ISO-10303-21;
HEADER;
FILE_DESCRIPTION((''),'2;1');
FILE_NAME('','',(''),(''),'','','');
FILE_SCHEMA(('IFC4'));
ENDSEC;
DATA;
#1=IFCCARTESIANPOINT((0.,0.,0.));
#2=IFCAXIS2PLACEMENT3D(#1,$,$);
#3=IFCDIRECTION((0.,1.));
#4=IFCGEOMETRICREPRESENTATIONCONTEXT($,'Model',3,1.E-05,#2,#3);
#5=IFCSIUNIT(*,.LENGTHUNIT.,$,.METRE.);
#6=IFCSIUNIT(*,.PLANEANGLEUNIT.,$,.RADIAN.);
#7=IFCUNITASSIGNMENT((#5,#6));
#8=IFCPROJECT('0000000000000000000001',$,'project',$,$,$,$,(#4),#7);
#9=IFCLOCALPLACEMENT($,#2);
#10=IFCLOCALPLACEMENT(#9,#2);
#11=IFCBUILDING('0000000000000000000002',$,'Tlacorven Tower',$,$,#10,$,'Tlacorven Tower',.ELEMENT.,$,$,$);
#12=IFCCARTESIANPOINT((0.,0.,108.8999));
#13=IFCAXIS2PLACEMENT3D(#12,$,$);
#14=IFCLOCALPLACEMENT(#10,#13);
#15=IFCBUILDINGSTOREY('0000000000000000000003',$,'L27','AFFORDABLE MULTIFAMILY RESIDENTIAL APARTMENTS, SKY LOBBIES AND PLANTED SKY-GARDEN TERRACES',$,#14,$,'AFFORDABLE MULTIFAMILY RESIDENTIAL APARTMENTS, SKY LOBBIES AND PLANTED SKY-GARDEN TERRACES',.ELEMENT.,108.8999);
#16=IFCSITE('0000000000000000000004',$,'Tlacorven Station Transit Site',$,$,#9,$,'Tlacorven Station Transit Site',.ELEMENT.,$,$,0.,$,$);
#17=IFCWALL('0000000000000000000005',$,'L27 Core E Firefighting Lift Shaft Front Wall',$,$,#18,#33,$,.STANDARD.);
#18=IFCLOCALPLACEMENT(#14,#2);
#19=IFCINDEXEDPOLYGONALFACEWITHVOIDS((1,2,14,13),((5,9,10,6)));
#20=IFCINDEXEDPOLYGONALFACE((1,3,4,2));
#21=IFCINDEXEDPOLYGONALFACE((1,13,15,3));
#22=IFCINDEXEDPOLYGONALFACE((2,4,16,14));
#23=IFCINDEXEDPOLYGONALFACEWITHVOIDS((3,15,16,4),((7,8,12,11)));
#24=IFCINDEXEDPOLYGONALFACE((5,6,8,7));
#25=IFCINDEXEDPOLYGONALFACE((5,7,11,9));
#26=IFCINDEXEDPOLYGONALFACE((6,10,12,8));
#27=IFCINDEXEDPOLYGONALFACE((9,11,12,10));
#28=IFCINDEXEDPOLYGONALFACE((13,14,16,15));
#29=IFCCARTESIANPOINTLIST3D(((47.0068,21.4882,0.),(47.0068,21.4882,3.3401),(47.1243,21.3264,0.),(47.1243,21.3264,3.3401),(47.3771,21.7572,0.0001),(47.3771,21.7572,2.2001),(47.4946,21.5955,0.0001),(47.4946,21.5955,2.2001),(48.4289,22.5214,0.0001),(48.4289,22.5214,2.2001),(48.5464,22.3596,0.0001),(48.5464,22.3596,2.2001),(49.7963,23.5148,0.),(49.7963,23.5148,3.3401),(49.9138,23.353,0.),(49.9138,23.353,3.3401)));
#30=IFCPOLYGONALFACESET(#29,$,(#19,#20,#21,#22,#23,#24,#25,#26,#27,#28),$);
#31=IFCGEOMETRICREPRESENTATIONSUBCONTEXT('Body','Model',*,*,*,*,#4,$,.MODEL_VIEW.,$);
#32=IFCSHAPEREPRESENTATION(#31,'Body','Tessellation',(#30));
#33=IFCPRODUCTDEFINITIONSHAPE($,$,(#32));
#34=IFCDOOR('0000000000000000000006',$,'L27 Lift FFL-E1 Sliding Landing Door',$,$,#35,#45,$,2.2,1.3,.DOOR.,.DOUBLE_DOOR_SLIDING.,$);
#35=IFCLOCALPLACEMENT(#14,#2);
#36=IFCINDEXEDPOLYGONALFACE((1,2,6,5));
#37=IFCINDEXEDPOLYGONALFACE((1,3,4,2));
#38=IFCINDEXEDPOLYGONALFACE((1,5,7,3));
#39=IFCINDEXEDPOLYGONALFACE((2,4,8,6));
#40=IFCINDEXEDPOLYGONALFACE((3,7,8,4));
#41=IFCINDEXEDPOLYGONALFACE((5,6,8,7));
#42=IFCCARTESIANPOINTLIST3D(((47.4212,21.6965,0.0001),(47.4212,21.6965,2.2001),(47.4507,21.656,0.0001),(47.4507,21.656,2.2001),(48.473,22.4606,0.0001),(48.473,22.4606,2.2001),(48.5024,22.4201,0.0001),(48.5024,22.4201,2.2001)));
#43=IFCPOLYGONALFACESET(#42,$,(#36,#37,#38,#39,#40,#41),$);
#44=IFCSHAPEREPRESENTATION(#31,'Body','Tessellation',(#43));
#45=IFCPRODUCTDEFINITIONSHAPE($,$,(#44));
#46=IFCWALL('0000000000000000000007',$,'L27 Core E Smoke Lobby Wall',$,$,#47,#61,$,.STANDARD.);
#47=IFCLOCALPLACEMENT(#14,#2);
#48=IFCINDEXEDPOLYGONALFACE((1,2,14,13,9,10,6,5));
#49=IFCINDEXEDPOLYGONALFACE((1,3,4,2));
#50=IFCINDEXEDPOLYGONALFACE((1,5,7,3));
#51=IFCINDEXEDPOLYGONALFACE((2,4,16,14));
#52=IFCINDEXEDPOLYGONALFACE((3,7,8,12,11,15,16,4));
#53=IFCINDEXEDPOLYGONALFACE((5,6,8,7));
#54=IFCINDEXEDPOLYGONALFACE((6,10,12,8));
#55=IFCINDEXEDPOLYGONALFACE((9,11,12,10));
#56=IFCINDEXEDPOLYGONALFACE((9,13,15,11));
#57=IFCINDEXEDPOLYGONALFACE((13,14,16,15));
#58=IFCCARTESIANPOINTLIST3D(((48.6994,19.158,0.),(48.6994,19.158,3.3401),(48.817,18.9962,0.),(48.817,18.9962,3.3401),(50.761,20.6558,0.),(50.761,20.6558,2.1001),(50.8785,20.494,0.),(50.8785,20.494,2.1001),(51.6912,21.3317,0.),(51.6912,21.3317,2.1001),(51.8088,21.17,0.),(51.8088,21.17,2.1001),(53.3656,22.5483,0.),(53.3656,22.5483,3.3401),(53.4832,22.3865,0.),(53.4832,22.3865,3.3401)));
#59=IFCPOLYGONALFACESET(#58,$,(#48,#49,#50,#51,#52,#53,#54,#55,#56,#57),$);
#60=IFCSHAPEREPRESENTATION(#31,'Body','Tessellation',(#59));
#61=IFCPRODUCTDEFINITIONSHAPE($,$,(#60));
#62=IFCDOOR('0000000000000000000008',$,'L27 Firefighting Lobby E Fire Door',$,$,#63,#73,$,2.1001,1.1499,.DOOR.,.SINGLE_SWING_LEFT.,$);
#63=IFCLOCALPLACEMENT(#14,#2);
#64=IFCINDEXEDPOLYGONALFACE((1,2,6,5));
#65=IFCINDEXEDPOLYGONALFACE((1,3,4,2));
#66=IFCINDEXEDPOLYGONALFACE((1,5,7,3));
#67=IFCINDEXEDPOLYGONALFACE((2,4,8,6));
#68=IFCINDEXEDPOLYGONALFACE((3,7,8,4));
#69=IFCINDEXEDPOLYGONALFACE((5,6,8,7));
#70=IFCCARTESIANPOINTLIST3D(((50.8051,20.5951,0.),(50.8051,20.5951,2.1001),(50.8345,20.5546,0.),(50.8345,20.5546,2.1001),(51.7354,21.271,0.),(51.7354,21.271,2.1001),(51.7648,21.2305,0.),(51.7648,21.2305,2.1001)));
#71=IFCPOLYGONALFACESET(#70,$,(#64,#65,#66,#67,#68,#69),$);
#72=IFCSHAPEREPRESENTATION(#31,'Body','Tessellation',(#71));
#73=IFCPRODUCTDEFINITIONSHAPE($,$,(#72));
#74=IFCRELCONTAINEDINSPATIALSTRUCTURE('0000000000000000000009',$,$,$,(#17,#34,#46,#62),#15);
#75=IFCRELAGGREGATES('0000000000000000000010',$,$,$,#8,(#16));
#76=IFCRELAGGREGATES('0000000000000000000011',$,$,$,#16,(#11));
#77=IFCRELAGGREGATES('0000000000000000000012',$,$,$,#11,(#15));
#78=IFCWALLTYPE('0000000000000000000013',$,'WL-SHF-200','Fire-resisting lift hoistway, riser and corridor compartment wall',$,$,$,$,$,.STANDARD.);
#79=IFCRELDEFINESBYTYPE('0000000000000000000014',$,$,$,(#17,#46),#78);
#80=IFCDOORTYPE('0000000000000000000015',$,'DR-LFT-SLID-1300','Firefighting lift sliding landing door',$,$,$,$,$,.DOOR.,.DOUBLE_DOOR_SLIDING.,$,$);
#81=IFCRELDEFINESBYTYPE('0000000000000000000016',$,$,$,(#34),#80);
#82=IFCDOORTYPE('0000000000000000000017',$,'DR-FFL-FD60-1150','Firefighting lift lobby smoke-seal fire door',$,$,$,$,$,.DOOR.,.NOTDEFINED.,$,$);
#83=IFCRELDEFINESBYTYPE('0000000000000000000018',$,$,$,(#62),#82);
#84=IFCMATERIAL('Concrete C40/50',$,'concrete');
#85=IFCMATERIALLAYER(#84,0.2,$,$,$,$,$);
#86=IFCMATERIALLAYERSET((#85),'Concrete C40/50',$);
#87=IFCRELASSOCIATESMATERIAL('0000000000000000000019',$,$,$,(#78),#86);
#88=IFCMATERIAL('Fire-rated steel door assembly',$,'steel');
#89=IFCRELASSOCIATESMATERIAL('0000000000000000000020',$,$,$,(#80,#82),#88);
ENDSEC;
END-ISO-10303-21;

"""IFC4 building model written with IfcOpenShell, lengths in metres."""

from ifc_helpers import new_model, si_unit, direction, frame, frame_2d, origin, place, context, subcontext, project, spatial, rectangle, extrude, source, transform, mapped, material, layer, layer_set, type_object, element, fill, save


model = new_model("IFC4")

# Units and contexts
model_context = context("Model", 3, precision=1e-05, world=origin(), true_north=direction((0.0, 1.0)))
body_context = subcontext(model_context, "Body", "Model", "MODEL_VIEW")
ifc_project = project(units=[si_unit("LENGTHUNIT", "METRE"), si_unit("PLANEANGLEUNIT", "RADIAN")], contexts=[model_context])

# Site, building, storey
site_placement = place(None, origin())
site = spatial("IfcSite", under=ifc_project, at=site_placement, Name="Tlacorven Station Transit Site", LongName="Tlacorven Station Transit Site", CompositionType="ELEMENT", RefElevation=0.0)
building_placement = place(site_placement, origin())
building = spatial("IfcBuilding", under=site, at=building_placement, Name="Tlacorven Tower", LongName="Tlacorven Tower", CompositionType="ELEMENT")
storey_placement = place(building_placement, frame((0.0, 0.0, 108.8999)))
storey = spatial("IfcBuildingStorey", under=building, at=storey_placement, Name="L27", Description="AFFORDABLE MULTIFAMILY RESIDENTIAL APARTMENTS, SKY LOBBIES AND PLANTED SKY-GARDEN TERRACES", LongName="AFFORDABLE MULTIFAMILY RESIDENTIAL APARTMENTS, SKY LOBBIES AND PLANTED SKY-GARDEN TERRACES", CompositionType="ELEMENT", Elevation=108.8999)

# Walls, openings, doors
ifc_material_1 = material(Name="Concrete C40/50", Category="concrete")
ifc_layer_1 = layer(ifc_material_1, 0.2)
ifc_layer_set_1 = layer_set([ifc_layer_1], Name="Concrete C40/50")
wall_type_1 = type_object("IfcWallType", Name="WL-SHF-200", Description="Fire-resisting lift hoistway, riser and corridor compartment wall", PredefinedType="STANDARD", material=ifc_layer_set_1)
wall_1_placement = place(storey_placement, frame((47.0654, 21.4072, 0.0), z_axis=(0.0, 0.0, 1.0), x_axis=(0.809033, 0.587763, 0.0)))
wall_1 = element("IfcWall", 1, at=wall_1_placement, inside=storey, type_object=wall_type_1, Name="L27 Core E Firefighting Lift Shaft Front Wall", PredefinedType="STANDARD", context=body_context, shape_type="SweptSolid", body=[
    extrude(rectangle(XDim=3.448, YDim=0.2, at=frame_2d((1.7241, 0.0))), origin(), (0.0, 0.0, 1.0), 3.3401),
])
opening_1_placement = place(wall_1_placement, frame((0.458, 0.0, 0.0)))
opening_1 = element("IfcOpeningElement", 2, at=opening_1_placement, cuts=wall_1, PredefinedType="OPENING", context=body_context, shape_type="SweptSolid", body=[
    extrude(rectangle(XDim=1.3, YDim=2.2, at=frame_2d((0.6499, 1.1001))), frame((0.0, 0.1099, 0.0), z_axis=(0.0, -1.0, 0.0), x_axis=(1.0, 0.0, 0.0)), (0.0, 0.0, 1.0), 0.22),
])
ifc_material_2 = material(Name="Fire-rated steel door assembly", Category="steel")
door_type_1 = type_object("IfcDoorType", Name="DR-LFT-SLID-1300", Description="Firefighting lift sliding landing door", OperationType="DOUBLE_DOOR_SLIDING", PredefinedType="DOOR", material=ifc_material_2)
shared_shape_1 = source(origin(), body_context, "Body", "SweptSolid", [
    extrude(rectangle(XDim=1.3, YDim=2.2, at=frame_2d((0.6499, 1.1001))), frame((0.0, 0.0249, 0.0), z_axis=(0.0, -1.0, 0.0), x_axis=(1.0, 0.0, 0.0)), (0.0, 0.0, 1.0), 0.05),
])
door_1_placement = place(opening_1_placement, origin())
door_1 = element("IfcDoor", 3, at=door_1_placement, inside=storey, type_object=door_type_1, Name="L27 Lift FFL-E1 Sliding Landing Door", OperationType="DOUBLE_DOOR_SLIDING", OverallHeight=2.2, OverallWidth=1.3, PredefinedType="DOOR", context=body_context, shape_type="MappedRepresentation", body=[
    mapped(shared_shape_1, transform((0.0, 0.0, 0.0), scale=1.0)),
])
fill(opening_1, door_1)
wall_2_placement = place(storey_placement, frame((48.7583, 19.0771, 0.0), z_axis=(0.0, 0.0, 1.0), x_axis=(0.809005, 0.587802, 0.0)))
wall_2 = element("IfcWall", 4, at=wall_2_placement, inside=storey, type_object=wall_type_1, Name="L27 Core E Smoke Lobby Wall", PredefinedType="STANDARD", context=body_context, shape_type="SweptSolid", body=[
    extrude(rectangle(XDim=5.7678, YDim=0.2, at=frame_2d((2.8838, 0.0))), origin(), (0.0, 0.0, 1.0), 3.3401),
])
opening_2_placement = place(wall_2_placement, frame((2.5481, 0.0, 0.0)))
opening_2 = element("IfcOpeningElement", 5, at=opening_2_placement, cuts=wall_2, PredefinedType="OPENING", context=body_context, shape_type="SweptSolid", body=[
    extrude(rectangle(XDim=1.1499, YDim=2.1001, at=frame_2d((0.575, 1.05))), frame((0.0, 0.1099, 0.0), z_axis=(0.0, -1.0, 0.0), x_axis=(1.0, 0.0, 0.0)), (0.0, 0.0, 1.0), 0.22),
])
door_type_2 = type_object("IfcDoorType", Name="DR-FFL-FD60-1150", Description="Firefighting lift lobby smoke-seal fire door", OperationType="NOTDEFINED", PredefinedType="DOOR", material=ifc_material_2)
shared_shape_2 = source(origin(), body_context, "Body", "SweptSolid", [
    extrude(rectangle(XDim=1.1499, YDim=2.1001, at=frame_2d((0.575, 1.05))), frame((0.0, 0.0249, 0.0), z_axis=(0.0, -1.0, 0.0), x_axis=(1.0, 0.0, 0.0)), (0.0, 0.0, 1.0), 0.05),
])
door_2_placement = place(opening_2_placement, origin())
door_2 = element("IfcDoor", 6, at=door_2_placement, inside=storey, type_object=door_type_2, Name="L27 Firefighting Lobby E Fire Door", OperationType="SINGLE_SWING_LEFT", OverallHeight=2.1001, OverallWidth=1.1499, PredefinedType="DOOR", context=body_context, shape_type="MappedRepresentation", body=[
    mapped(shared_shape_2, transform((0.0, 0.0, 0.0), scale=1.0)),
])
fill(opening_2, door_2)

save(model, "model.ifc")
